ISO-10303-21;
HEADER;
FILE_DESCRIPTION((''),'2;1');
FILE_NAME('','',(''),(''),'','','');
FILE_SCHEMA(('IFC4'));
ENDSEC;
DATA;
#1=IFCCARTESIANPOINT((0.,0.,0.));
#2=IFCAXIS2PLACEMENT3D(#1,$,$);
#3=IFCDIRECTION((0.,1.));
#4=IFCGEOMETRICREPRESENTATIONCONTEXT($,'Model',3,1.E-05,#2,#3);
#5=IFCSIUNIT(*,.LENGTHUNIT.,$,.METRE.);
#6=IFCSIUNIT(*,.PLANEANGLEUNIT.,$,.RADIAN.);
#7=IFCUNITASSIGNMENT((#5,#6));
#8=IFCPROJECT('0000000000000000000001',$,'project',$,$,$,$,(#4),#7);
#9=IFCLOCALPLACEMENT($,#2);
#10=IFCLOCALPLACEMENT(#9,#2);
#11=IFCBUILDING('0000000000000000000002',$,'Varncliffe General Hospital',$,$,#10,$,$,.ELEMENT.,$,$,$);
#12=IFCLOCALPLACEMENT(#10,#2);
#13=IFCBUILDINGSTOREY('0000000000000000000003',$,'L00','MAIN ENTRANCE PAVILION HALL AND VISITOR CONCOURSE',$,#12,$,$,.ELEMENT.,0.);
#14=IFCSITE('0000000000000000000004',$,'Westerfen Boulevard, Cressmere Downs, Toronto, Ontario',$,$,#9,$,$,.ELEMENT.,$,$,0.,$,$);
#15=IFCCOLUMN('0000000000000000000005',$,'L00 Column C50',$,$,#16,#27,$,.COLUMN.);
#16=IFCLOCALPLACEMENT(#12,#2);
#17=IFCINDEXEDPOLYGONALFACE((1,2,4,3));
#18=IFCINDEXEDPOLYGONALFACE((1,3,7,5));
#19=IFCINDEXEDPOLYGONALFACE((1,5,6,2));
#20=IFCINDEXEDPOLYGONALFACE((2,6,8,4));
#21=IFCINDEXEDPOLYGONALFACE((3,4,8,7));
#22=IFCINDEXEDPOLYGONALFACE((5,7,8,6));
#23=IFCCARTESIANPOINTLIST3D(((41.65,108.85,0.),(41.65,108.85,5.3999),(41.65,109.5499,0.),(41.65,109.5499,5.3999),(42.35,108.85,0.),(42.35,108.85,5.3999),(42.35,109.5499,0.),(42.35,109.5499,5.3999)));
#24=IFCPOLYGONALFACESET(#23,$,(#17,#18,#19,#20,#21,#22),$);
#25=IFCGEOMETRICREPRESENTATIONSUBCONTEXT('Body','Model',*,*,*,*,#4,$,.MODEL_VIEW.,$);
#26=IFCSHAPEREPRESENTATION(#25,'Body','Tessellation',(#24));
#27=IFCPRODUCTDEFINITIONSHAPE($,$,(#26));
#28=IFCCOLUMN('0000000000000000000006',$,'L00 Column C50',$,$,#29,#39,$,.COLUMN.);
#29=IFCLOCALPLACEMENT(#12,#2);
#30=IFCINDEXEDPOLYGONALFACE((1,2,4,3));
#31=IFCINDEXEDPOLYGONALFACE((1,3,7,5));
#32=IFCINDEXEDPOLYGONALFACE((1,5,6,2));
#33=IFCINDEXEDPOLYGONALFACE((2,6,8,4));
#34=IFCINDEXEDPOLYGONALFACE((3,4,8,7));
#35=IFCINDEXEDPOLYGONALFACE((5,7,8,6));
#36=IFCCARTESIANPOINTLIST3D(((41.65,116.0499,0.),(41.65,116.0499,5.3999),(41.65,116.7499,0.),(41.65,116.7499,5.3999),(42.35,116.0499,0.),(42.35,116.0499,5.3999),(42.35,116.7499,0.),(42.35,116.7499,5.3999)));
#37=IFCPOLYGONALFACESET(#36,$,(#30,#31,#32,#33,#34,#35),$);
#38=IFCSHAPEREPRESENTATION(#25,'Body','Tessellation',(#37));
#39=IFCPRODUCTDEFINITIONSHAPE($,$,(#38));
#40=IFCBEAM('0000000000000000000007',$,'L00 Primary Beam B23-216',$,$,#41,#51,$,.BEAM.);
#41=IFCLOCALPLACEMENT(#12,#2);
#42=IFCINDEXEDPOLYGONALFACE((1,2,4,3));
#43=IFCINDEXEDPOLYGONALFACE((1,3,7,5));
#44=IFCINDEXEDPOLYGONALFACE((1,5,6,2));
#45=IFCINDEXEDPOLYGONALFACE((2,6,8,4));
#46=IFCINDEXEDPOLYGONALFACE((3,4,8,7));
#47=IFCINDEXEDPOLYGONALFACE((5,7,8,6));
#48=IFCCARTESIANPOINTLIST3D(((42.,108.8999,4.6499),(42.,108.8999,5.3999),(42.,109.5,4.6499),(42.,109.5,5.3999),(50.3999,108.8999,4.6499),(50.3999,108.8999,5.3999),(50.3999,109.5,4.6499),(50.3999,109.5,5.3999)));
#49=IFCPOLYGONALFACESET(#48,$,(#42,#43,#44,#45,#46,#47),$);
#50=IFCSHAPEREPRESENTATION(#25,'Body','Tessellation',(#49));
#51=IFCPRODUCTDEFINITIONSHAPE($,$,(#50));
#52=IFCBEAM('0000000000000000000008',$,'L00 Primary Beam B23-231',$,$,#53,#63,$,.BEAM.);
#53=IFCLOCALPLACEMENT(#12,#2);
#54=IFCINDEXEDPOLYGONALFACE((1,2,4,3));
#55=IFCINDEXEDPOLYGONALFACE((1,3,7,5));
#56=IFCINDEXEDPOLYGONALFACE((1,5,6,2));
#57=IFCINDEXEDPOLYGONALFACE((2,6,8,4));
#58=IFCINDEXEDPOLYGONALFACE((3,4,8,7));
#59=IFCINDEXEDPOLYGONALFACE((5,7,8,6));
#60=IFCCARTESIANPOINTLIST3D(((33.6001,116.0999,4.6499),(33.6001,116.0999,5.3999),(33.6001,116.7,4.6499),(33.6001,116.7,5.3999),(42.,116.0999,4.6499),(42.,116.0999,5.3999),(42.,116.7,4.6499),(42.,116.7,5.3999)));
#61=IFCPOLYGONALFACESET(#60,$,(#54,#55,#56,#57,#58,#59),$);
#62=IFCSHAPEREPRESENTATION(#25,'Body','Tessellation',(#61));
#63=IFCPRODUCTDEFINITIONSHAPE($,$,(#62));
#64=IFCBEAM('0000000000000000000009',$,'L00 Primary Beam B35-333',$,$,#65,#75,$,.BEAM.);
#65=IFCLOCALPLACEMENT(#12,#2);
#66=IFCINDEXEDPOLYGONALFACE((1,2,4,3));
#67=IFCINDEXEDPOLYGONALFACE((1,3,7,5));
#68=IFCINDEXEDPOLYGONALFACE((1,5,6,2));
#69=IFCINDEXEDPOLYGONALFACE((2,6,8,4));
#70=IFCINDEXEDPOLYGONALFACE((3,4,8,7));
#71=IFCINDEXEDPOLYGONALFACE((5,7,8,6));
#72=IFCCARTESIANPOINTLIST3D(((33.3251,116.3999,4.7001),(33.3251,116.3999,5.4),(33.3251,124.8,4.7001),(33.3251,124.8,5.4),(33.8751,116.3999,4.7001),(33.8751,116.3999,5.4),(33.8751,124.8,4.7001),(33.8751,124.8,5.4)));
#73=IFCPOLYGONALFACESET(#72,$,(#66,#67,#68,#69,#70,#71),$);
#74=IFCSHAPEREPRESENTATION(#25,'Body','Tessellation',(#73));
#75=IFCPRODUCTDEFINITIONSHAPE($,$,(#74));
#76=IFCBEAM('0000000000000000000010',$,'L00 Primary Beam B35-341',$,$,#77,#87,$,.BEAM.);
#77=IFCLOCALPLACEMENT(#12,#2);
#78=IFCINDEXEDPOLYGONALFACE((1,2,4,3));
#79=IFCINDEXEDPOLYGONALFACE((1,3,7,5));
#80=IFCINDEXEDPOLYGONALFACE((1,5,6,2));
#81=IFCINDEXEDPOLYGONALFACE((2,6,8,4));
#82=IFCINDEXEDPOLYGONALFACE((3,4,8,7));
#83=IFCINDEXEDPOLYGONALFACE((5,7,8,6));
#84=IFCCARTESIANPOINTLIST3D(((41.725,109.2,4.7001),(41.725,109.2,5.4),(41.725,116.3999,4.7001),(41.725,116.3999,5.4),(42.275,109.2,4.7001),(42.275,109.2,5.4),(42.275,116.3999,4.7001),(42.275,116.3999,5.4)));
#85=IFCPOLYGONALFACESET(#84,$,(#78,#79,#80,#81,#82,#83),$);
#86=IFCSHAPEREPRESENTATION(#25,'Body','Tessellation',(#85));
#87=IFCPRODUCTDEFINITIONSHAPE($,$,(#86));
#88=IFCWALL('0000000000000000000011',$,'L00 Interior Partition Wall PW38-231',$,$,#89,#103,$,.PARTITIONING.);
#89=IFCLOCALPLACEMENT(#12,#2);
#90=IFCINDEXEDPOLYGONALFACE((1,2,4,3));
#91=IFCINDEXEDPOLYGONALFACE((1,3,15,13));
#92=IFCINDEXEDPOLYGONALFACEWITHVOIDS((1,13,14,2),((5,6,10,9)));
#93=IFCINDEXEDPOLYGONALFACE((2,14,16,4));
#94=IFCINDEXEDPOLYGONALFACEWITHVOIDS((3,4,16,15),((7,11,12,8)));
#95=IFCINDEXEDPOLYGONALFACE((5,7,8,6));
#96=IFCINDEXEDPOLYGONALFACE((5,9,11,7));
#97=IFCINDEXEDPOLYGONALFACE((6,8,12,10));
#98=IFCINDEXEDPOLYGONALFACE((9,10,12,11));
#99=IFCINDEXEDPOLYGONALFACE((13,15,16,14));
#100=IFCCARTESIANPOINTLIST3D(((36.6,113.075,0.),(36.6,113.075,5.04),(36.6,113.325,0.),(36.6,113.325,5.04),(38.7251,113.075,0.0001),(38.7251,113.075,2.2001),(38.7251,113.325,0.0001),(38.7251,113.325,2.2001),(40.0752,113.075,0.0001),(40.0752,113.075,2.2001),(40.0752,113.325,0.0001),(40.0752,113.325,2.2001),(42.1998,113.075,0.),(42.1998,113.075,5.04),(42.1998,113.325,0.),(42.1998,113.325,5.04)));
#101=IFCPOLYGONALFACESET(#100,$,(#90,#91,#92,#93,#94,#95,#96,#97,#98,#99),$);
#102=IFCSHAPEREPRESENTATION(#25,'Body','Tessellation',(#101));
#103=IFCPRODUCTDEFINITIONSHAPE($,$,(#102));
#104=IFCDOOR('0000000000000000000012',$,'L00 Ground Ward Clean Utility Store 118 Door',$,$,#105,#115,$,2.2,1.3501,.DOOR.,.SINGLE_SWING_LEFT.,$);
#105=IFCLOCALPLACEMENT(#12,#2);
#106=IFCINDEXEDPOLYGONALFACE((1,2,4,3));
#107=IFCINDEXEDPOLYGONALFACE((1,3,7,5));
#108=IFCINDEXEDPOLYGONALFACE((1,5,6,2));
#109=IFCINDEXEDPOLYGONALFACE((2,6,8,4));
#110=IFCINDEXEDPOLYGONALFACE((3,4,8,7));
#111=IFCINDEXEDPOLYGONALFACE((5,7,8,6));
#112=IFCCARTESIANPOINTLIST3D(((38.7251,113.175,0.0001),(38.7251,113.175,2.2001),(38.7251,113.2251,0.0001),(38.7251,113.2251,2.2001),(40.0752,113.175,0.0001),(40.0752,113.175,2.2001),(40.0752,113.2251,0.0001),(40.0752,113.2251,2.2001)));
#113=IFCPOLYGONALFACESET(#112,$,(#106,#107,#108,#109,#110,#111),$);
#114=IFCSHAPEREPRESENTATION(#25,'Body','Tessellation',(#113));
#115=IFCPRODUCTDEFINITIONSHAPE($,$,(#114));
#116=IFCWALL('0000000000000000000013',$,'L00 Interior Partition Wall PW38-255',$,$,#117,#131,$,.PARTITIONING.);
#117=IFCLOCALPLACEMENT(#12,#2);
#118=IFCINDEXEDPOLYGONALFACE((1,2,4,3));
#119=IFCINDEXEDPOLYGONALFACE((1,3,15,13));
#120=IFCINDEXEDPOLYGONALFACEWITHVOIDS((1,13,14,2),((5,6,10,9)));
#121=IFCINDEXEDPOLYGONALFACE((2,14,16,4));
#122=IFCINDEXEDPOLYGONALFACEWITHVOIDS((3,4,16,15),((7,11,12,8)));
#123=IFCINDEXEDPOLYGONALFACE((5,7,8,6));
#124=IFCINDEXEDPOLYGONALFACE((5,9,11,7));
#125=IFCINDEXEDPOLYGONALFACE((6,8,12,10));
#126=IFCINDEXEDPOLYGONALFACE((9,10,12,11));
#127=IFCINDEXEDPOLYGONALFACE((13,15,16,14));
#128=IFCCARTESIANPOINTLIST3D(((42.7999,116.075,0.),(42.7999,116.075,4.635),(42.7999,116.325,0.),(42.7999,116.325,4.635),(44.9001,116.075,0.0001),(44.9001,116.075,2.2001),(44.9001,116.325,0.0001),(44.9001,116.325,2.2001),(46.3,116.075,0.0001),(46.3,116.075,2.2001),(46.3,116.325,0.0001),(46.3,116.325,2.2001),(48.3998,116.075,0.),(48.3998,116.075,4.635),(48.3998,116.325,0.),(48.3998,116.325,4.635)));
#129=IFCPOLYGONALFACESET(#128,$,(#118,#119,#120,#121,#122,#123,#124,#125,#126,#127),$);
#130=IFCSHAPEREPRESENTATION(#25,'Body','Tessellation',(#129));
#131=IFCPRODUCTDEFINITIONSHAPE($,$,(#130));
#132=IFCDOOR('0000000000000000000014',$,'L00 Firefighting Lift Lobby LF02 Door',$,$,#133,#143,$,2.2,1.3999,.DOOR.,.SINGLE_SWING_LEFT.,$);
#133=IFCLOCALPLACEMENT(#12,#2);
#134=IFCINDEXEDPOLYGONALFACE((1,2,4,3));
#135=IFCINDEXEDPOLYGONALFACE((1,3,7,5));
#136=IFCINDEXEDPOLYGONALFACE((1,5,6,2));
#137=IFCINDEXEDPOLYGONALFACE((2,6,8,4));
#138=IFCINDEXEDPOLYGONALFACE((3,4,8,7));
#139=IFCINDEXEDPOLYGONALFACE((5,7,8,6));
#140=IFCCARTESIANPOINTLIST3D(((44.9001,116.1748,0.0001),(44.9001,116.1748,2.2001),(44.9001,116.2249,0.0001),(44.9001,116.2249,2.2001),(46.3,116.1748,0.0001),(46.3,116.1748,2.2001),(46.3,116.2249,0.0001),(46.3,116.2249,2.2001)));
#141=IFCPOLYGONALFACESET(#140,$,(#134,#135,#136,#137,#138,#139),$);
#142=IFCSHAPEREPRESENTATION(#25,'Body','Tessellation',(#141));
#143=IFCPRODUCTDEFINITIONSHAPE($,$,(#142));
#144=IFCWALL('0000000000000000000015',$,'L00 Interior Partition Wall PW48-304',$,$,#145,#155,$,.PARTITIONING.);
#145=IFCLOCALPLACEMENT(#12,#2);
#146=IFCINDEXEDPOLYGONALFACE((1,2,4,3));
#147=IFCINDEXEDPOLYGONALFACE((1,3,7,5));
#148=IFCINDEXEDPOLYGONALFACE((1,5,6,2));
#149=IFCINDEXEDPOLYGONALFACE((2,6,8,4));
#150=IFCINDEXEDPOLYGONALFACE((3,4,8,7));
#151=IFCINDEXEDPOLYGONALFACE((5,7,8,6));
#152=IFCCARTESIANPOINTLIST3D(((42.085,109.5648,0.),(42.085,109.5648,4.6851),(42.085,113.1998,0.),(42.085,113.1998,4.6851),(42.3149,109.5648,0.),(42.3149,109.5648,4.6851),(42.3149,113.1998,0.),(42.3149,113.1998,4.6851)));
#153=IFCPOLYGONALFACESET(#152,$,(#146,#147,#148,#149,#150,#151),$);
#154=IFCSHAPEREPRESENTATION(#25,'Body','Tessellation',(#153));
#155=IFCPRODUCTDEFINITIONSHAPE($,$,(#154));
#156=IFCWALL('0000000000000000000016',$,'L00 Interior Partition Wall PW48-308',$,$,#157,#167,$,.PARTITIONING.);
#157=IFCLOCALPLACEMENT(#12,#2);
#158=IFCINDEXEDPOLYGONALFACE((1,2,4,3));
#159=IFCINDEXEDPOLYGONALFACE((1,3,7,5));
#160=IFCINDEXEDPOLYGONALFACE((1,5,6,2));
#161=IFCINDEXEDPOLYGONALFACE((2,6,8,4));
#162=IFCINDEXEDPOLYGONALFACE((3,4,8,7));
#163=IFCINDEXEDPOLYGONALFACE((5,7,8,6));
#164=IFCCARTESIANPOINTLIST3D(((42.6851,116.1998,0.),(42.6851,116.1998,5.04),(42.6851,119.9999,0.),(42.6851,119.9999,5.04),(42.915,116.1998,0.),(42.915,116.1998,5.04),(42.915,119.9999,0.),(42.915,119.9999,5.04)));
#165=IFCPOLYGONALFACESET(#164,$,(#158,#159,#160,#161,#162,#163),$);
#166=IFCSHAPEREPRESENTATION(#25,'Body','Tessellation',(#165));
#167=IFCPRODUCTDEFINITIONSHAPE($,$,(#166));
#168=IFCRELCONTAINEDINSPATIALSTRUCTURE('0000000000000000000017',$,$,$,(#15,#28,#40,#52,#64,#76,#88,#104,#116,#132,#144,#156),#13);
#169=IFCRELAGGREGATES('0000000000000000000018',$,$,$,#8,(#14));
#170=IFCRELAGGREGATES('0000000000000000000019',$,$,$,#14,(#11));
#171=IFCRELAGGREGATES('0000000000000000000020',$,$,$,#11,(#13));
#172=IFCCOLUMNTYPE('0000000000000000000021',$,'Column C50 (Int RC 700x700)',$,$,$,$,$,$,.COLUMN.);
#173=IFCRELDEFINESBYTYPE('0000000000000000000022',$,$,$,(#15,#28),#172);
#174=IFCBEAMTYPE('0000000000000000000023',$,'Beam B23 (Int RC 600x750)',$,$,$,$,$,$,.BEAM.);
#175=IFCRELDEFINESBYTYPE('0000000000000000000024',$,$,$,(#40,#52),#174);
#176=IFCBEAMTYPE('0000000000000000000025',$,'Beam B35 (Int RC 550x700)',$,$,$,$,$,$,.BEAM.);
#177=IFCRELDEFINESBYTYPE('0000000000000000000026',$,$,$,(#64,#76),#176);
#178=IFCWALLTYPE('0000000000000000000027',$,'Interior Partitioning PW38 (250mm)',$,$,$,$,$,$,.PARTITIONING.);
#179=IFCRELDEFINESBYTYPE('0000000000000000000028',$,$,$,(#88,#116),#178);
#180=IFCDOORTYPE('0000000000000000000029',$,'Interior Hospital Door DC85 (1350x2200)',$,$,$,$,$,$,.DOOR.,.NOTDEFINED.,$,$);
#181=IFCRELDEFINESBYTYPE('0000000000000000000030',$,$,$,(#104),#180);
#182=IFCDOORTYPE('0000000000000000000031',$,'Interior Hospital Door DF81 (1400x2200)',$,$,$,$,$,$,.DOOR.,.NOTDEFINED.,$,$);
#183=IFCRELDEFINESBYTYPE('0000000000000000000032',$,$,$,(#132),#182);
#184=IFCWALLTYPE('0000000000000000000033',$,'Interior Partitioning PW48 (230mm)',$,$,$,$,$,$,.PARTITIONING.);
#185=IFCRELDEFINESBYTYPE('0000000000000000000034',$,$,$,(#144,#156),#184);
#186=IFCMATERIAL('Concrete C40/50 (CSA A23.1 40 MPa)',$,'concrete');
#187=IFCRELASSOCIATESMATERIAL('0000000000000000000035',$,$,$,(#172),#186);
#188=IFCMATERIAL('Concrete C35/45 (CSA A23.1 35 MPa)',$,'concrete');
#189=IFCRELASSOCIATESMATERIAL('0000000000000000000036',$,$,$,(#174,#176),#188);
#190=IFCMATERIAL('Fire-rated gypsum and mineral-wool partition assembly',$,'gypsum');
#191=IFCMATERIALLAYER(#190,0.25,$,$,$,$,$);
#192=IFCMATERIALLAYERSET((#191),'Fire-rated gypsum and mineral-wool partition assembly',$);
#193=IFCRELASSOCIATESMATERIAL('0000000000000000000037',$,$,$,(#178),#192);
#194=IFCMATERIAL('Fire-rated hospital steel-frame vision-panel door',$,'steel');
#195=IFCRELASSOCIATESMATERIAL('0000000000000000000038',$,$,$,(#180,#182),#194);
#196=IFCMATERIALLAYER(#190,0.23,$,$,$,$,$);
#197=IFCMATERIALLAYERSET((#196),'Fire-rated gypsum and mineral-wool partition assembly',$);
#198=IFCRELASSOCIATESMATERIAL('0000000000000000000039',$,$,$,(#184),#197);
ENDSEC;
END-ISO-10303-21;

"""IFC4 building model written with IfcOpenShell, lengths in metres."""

from ifc_helpers import new_model, si_unit, direction, frame, frame_2d, origin, origin_2d, place, context, subcontext, project, spatial, rectangle, extrude, material, layer, layer_set, material_profile, profile_set, type_object, element, fill, save


model = new_model("IFC4")

# Units and contexts
model_context = context("Model", 3, precision=1e-05, world=origin(), true_north=direction((0.0, 1.0)))
body_context = subcontext(model_context, "Body", "Model", "MODEL_VIEW")
ifc_project = project(units=[si_unit("LENGTHUNIT", "METRE"), si_unit("PLANEANGLEUNIT", "RADIAN")], contexts=[model_context])

# Site, building, storey
site_placement = place(None, origin())
site = spatial("IfcSite", under=ifc_project, at=site_placement, Name="Westerfen Boulevard, Cressmere Downs, Toronto, Ontario", CompositionType="ELEMENT", RefElevation=0.0)
building_placement = place(site_placement, origin())
building = spatial("IfcBuilding", under=site, at=building_placement, Name="Varncliffe General Hospital", CompositionType="ELEMENT")
storey_placement = place(building_placement, origin())
storey = spatial("IfcBuildingStorey", under=building, at=storey_placement, Name="L00", Description="MAIN ENTRANCE PAVILION HALL AND VISITOR CONCOURSE", CompositionType="ELEMENT", Elevation=0.0)

# Columns
ifc_material_1 = material(Name="Concrete C40/50 (CSA A23.1 40 MPa)", Category="concrete")
ifc_material_profile_1 = material_profile(ifc_material_1, rectangle(XDim=0.7, YDim=0.7, at=origin_2d()), Name="RC 700x700")
ifc_profile_set_1 = profile_set([ifc_material_profile_1], Name="Concrete C40/50 (CSA A23.1 40 MPa)")
column_type = type_object("IfcColumnType", Name="Column C50 (Int RC 700x700)", PredefinedType="COLUMN", material=ifc_profile_set_1)
for number, where, z_axis, x_axis, name in (
    (1, (42.0, 109.2, 0.0), (0.0, 0.0, 1.0), (1.0, 0.0, 0.0), "L00 Column C50"),
    (2, (42.0, 116.3999, 0.0), (0.0, 0.0, 1.0), (1.0, 0.0, 0.0), "L00 Column C50"),
):
    element("IfcColumn", number, at=place(storey_placement, frame(where, z_axis=z_axis, x_axis=x_axis)), inside=storey, type_object=column_type, Name=name, PredefinedType="COLUMN", context=body_context, shape_type="SweptSolid", body=[
        extrude(rectangle(XDim=0.7, YDim=0.7, at=origin_2d()), origin(), (0.0, 0.0, 1.0), 5.3999),
    ])

# Beams
ifc_material_2 = material(Name="Concrete C35/45 (CSA A23.1 35 MPa)", Category="concrete")
ifc_material_profile_2 = material_profile(ifc_material_2, rectangle(XDim=0.6001, YDim=0.75, at=origin_2d()), Name="RC 600x750")
ifc_profile_set_2 = profile_set([ifc_material_profile_2], Name="Concrete C35/45 (CSA A23.1 35 MPa)")
beam_type_1 = type_object("IfcBeamType", Name="Beam B23 (Int RC 600x750)", PredefinedType="BEAM", material=ifc_profile_set_2)
for number, where, z_axis, x_axis, name in (
    (3, (42.0, 109.2, 5.0249), (1.0, 0.0, 0.0), (0.0, 1.0, 0.0), "L00 Primary Beam B23-216"),
    (4, (33.6001, 116.3999, 5.0249), (1.0, 0.0, 0.0), (0.0, 1.0, 0.0), "L00 Primary Beam B23-231"),
):
    element("IfcBeam", number, at=place(storey_placement, frame(where, z_axis=z_axis, x_axis=x_axis)), inside=storey, type_object=beam_type_1, Name=name, PredefinedType="BEAM", context=body_context, shape_type="SweptSolid", body=[
        extrude(rectangle(XDim=0.6001, YDim=0.75, at=origin_2d()), origin(), (0.0, 0.0, 1.0), 8.3999),
    ])
ifc_material_profile_3 = material_profile(ifc_material_2, rectangle(XDim=0.55, YDim=0.7, at=origin_2d()), Name="RC 550x700")
ifc_profile_set_3 = profile_set([ifc_material_profile_3], Name="Concrete C35/45 (CSA A23.1 35 MPa)")
beam_type_2 = type_object("IfcBeamType", Name="Beam B35 (Int RC 550x700)", PredefinedType="BEAM", material=ifc_profile_set_3)
beam_1_placement = place(storey_placement, frame((33.6001, 116.3999, 5.05), z_axis=(0.0, 1.0, 0.0), x_axis=(-1.0, 0.0, 0.0)))
element("IfcBeam", 5, at=beam_1_placement, inside=storey, type_object=beam_type_2, Name="L00 Primary Beam B35-333", PredefinedType="BEAM", context=body_context, shape_type="SweptSolid", body=[
    extrude(rectangle(XDim=0.55, YDim=0.7, at=origin_2d()), origin(), (0.0, 0.0, 1.0), 8.4001),
])
beam_2_placement = place(storey_placement, frame((42.0, 109.2, 5.05), z_axis=(0.0, 1.0, 0.0), x_axis=(-1.0, 0.0, 0.0)))
element("IfcBeam", 6, at=beam_2_placement, inside=storey, type_object=beam_type_2, Name="L00 Primary Beam B35-341", PredefinedType="BEAM", context=body_context, shape_type="SweptSolid", body=[
    extrude(rectangle(XDim=0.55, YDim=0.7, at=origin_2d()), origin(), (0.0, 0.0, 1.0), 7.2),
])

# Walls, openings, doors
ifc_material_3 = material(Name="Fire-rated gypsum and mineral-wool partition assembly", Category="gypsum")
ifc_layer_1 = layer(ifc_material_3, 0.25)
ifc_layer_set_1 = layer_set([ifc_layer_1], Name="Fire-rated gypsum and mineral-wool partition assembly")
wall_type_1 = type_object("IfcWallType", Name="Interior Partitioning PW38 (250mm)", PredefinedType="PARTITIONING", material=ifc_layer_set_1)
wall_1_placement = place(storey_placement, frame((36.6001, 113.2, 0.0), z_axis=(0.0, 0.0, 1.0), x_axis=(1.0, 0.0, 0.0)))
wall_1 = element("IfcWall", 7, at=wall_1_placement, inside=storey, type_object=wall_type_1, Name="L00 Interior Partition Wall PW38-231", PredefinedType="PARTITIONING", context=body_context, shape_type="SweptSolid", body=[
    extrude(rectangle(XDim=5.5999, YDim=0.25, at=frame_2d((2.7998, 0.0))), origin(), (0.0, 0.0, 1.0), 5.04),
])
opening_1_placement = place(wall_1_placement, frame((2.125, 0.0, 0.0)))
opening_1 = element("IfcOpeningElement", 8, at=opening_1_placement, cuts=wall_1, PredefinedType="OPENING", context=body_context, shape_type="SweptSolid", body=[
    extrude(rectangle(XDim=1.3501, YDim=2.2, at=frame_2d((0.675, 1.1001))), frame((0.0, 0.135, 0.0), z_axis=(0.0, -1.0, 0.0), x_axis=(1.0, 0.0, 0.0)), (0.0, 0.0, 1.0), 0.27),
])
ifc_material_4 = material(Name="Fire-rated hospital steel-frame vision-panel door", Category="steel")
door_type_1 = type_object("IfcDoorType", Name="Interior Hospital Door DC85 (1350x2200)", OperationType="NOTDEFINED", PredefinedType="DOOR", material=ifc_material_4)
door_1_placement = place(opening_1_placement, frame((1.3501, 0.0, 0.0), z_axis=(0.0, 0.0, 1.0), x_axis=(-1.0, 0.0, 0.0)))
door_1 = element("IfcDoor", 9, at=door_1_placement, inside=storey, type_object=door_type_1, Name="L00 Ground Ward Clean Utility Store 118 Door", OperationType="SINGLE_SWING_LEFT", OverallHeight=2.2, OverallWidth=1.3501, PredefinedType="DOOR", context=body_context, shape_type="SweptSolid", body=[
    extrude(rectangle(XDim=1.3501, YDim=2.2, at=frame_2d((0.675, 1.1001))), frame((0.0, 0.0249, 0.0), z_axis=(0.0, -1.0, 0.0), x_axis=(1.0, 0.0, 0.0)), (0.0, 0.0, 1.0), 0.05),
])
fill(opening_1, door_1)
wall_2_placement = place(storey_placement, frame((42.8, 116.2, 0.0), z_axis=(0.0, 0.0, 1.0), x_axis=(1.0, 0.0, 0.0)))
wall_2 = element("IfcWall", 10, at=wall_2_placement, inside=storey, type_object=wall_type_1, Name="L00 Interior Partition Wall PW38-255", PredefinedType="PARTITIONING", context=body_context, shape_type="SweptSolid", body=[
    extrude(rectangle(XDim=5.5999, YDim=0.25, at=frame_2d((2.7998, 0.0))), origin(), (0.0, 0.0, 1.0), 4.635),
])
opening_2_placement = place(wall_2_placement, frame((2.1001, 0.0, 0.0)))
opening_2 = element("IfcOpeningElement", 11, at=opening_2_placement, cuts=wall_2, PredefinedType="OPENING", context=body_context, shape_type="SweptSolid", body=[
    extrude(rectangle(XDim=1.3999, YDim=2.2, at=frame_2d((0.7, 1.1001))), frame((0.0, 0.135, 0.0), z_axis=(0.0, -1.0, 0.0), x_axis=(1.0, 0.0, 0.0)), (0.0, 0.0, 1.0), 0.27),
])
door_type_2 = type_object("IfcDoorType", Name="Interior Hospital Door DF81 (1400x2200)", OperationType="NOTDEFINED", PredefinedType="DOOR", material=ifc_material_4)
door_2_placement = place(opening_2_placement, origin())
door_2 = element("IfcDoor", 12, at=door_2_placement, inside=storey, type_object=door_type_2, Name="L00 Firefighting Lift Lobby LF02 Door", OperationType="SINGLE_SWING_LEFT", OverallHeight=2.2, OverallWidth=1.3999, PredefinedType="DOOR", context=body_context, shape_type="SweptSolid", body=[
    extrude(rectangle(XDim=1.3999, YDim=2.2, at=frame_2d((0.7, 1.1001))), frame((0.0, 0.0249, 0.0), z_axis=(0.0, -1.0, 0.0), x_axis=(1.0, 0.0, 0.0)), (0.0, 0.0, 1.0), 0.05),
])
fill(opening_2, door_2)

# Walls
ifc_layer_2 = layer(ifc_material_3, 0.23)
ifc_layer_set_2 = layer_set([ifc_layer_2], Name="Fire-rated gypsum and mineral-wool partition assembly")
wall_type_2 = type_object("IfcWallType", Name="Interior Partitioning PW48 (230mm)", PredefinedType="PARTITIONING", material=ifc_layer_set_2)
wall_3_placement = place(storey_placement, frame((42.2, 109.5649, 0.0), z_axis=(0.0, 0.0, 1.0), x_axis=(0.0, 1.0, 0.0)))
element("IfcWall", 13, at=wall_3_placement, inside=storey, type_object=wall_type_2, Name="L00 Interior Partition Wall PW48-304", PredefinedType="PARTITIONING", context=body_context, shape_type="SweptSolid", body=[
    extrude(rectangle(XDim=3.635, YDim=0.23, at=frame_2d((1.8174, 0.0))), origin(), (0.0, 0.0, 1.0), 4.6851),
])
wall_4_placement = place(storey_placement, frame((42.8, 116.2, 0.0), z_axis=(0.0, 0.0, 1.0), x_axis=(0.0, 1.0, 0.0)))
element("IfcWall", 14, at=wall_4_placement, inside=storey, type_object=wall_type_2, Name="L00 Interior Partition Wall PW48-308", PredefinedType="PARTITIONING", context=body_context, shape_type="SweptSolid", body=[
    extrude(rectangle(XDim=3.8, YDim=0.23, at=frame_2d((1.8999, 0.0))), origin(), (0.0, 0.0, 1.0), 5.04),
])

save(model, "model.ifc")
